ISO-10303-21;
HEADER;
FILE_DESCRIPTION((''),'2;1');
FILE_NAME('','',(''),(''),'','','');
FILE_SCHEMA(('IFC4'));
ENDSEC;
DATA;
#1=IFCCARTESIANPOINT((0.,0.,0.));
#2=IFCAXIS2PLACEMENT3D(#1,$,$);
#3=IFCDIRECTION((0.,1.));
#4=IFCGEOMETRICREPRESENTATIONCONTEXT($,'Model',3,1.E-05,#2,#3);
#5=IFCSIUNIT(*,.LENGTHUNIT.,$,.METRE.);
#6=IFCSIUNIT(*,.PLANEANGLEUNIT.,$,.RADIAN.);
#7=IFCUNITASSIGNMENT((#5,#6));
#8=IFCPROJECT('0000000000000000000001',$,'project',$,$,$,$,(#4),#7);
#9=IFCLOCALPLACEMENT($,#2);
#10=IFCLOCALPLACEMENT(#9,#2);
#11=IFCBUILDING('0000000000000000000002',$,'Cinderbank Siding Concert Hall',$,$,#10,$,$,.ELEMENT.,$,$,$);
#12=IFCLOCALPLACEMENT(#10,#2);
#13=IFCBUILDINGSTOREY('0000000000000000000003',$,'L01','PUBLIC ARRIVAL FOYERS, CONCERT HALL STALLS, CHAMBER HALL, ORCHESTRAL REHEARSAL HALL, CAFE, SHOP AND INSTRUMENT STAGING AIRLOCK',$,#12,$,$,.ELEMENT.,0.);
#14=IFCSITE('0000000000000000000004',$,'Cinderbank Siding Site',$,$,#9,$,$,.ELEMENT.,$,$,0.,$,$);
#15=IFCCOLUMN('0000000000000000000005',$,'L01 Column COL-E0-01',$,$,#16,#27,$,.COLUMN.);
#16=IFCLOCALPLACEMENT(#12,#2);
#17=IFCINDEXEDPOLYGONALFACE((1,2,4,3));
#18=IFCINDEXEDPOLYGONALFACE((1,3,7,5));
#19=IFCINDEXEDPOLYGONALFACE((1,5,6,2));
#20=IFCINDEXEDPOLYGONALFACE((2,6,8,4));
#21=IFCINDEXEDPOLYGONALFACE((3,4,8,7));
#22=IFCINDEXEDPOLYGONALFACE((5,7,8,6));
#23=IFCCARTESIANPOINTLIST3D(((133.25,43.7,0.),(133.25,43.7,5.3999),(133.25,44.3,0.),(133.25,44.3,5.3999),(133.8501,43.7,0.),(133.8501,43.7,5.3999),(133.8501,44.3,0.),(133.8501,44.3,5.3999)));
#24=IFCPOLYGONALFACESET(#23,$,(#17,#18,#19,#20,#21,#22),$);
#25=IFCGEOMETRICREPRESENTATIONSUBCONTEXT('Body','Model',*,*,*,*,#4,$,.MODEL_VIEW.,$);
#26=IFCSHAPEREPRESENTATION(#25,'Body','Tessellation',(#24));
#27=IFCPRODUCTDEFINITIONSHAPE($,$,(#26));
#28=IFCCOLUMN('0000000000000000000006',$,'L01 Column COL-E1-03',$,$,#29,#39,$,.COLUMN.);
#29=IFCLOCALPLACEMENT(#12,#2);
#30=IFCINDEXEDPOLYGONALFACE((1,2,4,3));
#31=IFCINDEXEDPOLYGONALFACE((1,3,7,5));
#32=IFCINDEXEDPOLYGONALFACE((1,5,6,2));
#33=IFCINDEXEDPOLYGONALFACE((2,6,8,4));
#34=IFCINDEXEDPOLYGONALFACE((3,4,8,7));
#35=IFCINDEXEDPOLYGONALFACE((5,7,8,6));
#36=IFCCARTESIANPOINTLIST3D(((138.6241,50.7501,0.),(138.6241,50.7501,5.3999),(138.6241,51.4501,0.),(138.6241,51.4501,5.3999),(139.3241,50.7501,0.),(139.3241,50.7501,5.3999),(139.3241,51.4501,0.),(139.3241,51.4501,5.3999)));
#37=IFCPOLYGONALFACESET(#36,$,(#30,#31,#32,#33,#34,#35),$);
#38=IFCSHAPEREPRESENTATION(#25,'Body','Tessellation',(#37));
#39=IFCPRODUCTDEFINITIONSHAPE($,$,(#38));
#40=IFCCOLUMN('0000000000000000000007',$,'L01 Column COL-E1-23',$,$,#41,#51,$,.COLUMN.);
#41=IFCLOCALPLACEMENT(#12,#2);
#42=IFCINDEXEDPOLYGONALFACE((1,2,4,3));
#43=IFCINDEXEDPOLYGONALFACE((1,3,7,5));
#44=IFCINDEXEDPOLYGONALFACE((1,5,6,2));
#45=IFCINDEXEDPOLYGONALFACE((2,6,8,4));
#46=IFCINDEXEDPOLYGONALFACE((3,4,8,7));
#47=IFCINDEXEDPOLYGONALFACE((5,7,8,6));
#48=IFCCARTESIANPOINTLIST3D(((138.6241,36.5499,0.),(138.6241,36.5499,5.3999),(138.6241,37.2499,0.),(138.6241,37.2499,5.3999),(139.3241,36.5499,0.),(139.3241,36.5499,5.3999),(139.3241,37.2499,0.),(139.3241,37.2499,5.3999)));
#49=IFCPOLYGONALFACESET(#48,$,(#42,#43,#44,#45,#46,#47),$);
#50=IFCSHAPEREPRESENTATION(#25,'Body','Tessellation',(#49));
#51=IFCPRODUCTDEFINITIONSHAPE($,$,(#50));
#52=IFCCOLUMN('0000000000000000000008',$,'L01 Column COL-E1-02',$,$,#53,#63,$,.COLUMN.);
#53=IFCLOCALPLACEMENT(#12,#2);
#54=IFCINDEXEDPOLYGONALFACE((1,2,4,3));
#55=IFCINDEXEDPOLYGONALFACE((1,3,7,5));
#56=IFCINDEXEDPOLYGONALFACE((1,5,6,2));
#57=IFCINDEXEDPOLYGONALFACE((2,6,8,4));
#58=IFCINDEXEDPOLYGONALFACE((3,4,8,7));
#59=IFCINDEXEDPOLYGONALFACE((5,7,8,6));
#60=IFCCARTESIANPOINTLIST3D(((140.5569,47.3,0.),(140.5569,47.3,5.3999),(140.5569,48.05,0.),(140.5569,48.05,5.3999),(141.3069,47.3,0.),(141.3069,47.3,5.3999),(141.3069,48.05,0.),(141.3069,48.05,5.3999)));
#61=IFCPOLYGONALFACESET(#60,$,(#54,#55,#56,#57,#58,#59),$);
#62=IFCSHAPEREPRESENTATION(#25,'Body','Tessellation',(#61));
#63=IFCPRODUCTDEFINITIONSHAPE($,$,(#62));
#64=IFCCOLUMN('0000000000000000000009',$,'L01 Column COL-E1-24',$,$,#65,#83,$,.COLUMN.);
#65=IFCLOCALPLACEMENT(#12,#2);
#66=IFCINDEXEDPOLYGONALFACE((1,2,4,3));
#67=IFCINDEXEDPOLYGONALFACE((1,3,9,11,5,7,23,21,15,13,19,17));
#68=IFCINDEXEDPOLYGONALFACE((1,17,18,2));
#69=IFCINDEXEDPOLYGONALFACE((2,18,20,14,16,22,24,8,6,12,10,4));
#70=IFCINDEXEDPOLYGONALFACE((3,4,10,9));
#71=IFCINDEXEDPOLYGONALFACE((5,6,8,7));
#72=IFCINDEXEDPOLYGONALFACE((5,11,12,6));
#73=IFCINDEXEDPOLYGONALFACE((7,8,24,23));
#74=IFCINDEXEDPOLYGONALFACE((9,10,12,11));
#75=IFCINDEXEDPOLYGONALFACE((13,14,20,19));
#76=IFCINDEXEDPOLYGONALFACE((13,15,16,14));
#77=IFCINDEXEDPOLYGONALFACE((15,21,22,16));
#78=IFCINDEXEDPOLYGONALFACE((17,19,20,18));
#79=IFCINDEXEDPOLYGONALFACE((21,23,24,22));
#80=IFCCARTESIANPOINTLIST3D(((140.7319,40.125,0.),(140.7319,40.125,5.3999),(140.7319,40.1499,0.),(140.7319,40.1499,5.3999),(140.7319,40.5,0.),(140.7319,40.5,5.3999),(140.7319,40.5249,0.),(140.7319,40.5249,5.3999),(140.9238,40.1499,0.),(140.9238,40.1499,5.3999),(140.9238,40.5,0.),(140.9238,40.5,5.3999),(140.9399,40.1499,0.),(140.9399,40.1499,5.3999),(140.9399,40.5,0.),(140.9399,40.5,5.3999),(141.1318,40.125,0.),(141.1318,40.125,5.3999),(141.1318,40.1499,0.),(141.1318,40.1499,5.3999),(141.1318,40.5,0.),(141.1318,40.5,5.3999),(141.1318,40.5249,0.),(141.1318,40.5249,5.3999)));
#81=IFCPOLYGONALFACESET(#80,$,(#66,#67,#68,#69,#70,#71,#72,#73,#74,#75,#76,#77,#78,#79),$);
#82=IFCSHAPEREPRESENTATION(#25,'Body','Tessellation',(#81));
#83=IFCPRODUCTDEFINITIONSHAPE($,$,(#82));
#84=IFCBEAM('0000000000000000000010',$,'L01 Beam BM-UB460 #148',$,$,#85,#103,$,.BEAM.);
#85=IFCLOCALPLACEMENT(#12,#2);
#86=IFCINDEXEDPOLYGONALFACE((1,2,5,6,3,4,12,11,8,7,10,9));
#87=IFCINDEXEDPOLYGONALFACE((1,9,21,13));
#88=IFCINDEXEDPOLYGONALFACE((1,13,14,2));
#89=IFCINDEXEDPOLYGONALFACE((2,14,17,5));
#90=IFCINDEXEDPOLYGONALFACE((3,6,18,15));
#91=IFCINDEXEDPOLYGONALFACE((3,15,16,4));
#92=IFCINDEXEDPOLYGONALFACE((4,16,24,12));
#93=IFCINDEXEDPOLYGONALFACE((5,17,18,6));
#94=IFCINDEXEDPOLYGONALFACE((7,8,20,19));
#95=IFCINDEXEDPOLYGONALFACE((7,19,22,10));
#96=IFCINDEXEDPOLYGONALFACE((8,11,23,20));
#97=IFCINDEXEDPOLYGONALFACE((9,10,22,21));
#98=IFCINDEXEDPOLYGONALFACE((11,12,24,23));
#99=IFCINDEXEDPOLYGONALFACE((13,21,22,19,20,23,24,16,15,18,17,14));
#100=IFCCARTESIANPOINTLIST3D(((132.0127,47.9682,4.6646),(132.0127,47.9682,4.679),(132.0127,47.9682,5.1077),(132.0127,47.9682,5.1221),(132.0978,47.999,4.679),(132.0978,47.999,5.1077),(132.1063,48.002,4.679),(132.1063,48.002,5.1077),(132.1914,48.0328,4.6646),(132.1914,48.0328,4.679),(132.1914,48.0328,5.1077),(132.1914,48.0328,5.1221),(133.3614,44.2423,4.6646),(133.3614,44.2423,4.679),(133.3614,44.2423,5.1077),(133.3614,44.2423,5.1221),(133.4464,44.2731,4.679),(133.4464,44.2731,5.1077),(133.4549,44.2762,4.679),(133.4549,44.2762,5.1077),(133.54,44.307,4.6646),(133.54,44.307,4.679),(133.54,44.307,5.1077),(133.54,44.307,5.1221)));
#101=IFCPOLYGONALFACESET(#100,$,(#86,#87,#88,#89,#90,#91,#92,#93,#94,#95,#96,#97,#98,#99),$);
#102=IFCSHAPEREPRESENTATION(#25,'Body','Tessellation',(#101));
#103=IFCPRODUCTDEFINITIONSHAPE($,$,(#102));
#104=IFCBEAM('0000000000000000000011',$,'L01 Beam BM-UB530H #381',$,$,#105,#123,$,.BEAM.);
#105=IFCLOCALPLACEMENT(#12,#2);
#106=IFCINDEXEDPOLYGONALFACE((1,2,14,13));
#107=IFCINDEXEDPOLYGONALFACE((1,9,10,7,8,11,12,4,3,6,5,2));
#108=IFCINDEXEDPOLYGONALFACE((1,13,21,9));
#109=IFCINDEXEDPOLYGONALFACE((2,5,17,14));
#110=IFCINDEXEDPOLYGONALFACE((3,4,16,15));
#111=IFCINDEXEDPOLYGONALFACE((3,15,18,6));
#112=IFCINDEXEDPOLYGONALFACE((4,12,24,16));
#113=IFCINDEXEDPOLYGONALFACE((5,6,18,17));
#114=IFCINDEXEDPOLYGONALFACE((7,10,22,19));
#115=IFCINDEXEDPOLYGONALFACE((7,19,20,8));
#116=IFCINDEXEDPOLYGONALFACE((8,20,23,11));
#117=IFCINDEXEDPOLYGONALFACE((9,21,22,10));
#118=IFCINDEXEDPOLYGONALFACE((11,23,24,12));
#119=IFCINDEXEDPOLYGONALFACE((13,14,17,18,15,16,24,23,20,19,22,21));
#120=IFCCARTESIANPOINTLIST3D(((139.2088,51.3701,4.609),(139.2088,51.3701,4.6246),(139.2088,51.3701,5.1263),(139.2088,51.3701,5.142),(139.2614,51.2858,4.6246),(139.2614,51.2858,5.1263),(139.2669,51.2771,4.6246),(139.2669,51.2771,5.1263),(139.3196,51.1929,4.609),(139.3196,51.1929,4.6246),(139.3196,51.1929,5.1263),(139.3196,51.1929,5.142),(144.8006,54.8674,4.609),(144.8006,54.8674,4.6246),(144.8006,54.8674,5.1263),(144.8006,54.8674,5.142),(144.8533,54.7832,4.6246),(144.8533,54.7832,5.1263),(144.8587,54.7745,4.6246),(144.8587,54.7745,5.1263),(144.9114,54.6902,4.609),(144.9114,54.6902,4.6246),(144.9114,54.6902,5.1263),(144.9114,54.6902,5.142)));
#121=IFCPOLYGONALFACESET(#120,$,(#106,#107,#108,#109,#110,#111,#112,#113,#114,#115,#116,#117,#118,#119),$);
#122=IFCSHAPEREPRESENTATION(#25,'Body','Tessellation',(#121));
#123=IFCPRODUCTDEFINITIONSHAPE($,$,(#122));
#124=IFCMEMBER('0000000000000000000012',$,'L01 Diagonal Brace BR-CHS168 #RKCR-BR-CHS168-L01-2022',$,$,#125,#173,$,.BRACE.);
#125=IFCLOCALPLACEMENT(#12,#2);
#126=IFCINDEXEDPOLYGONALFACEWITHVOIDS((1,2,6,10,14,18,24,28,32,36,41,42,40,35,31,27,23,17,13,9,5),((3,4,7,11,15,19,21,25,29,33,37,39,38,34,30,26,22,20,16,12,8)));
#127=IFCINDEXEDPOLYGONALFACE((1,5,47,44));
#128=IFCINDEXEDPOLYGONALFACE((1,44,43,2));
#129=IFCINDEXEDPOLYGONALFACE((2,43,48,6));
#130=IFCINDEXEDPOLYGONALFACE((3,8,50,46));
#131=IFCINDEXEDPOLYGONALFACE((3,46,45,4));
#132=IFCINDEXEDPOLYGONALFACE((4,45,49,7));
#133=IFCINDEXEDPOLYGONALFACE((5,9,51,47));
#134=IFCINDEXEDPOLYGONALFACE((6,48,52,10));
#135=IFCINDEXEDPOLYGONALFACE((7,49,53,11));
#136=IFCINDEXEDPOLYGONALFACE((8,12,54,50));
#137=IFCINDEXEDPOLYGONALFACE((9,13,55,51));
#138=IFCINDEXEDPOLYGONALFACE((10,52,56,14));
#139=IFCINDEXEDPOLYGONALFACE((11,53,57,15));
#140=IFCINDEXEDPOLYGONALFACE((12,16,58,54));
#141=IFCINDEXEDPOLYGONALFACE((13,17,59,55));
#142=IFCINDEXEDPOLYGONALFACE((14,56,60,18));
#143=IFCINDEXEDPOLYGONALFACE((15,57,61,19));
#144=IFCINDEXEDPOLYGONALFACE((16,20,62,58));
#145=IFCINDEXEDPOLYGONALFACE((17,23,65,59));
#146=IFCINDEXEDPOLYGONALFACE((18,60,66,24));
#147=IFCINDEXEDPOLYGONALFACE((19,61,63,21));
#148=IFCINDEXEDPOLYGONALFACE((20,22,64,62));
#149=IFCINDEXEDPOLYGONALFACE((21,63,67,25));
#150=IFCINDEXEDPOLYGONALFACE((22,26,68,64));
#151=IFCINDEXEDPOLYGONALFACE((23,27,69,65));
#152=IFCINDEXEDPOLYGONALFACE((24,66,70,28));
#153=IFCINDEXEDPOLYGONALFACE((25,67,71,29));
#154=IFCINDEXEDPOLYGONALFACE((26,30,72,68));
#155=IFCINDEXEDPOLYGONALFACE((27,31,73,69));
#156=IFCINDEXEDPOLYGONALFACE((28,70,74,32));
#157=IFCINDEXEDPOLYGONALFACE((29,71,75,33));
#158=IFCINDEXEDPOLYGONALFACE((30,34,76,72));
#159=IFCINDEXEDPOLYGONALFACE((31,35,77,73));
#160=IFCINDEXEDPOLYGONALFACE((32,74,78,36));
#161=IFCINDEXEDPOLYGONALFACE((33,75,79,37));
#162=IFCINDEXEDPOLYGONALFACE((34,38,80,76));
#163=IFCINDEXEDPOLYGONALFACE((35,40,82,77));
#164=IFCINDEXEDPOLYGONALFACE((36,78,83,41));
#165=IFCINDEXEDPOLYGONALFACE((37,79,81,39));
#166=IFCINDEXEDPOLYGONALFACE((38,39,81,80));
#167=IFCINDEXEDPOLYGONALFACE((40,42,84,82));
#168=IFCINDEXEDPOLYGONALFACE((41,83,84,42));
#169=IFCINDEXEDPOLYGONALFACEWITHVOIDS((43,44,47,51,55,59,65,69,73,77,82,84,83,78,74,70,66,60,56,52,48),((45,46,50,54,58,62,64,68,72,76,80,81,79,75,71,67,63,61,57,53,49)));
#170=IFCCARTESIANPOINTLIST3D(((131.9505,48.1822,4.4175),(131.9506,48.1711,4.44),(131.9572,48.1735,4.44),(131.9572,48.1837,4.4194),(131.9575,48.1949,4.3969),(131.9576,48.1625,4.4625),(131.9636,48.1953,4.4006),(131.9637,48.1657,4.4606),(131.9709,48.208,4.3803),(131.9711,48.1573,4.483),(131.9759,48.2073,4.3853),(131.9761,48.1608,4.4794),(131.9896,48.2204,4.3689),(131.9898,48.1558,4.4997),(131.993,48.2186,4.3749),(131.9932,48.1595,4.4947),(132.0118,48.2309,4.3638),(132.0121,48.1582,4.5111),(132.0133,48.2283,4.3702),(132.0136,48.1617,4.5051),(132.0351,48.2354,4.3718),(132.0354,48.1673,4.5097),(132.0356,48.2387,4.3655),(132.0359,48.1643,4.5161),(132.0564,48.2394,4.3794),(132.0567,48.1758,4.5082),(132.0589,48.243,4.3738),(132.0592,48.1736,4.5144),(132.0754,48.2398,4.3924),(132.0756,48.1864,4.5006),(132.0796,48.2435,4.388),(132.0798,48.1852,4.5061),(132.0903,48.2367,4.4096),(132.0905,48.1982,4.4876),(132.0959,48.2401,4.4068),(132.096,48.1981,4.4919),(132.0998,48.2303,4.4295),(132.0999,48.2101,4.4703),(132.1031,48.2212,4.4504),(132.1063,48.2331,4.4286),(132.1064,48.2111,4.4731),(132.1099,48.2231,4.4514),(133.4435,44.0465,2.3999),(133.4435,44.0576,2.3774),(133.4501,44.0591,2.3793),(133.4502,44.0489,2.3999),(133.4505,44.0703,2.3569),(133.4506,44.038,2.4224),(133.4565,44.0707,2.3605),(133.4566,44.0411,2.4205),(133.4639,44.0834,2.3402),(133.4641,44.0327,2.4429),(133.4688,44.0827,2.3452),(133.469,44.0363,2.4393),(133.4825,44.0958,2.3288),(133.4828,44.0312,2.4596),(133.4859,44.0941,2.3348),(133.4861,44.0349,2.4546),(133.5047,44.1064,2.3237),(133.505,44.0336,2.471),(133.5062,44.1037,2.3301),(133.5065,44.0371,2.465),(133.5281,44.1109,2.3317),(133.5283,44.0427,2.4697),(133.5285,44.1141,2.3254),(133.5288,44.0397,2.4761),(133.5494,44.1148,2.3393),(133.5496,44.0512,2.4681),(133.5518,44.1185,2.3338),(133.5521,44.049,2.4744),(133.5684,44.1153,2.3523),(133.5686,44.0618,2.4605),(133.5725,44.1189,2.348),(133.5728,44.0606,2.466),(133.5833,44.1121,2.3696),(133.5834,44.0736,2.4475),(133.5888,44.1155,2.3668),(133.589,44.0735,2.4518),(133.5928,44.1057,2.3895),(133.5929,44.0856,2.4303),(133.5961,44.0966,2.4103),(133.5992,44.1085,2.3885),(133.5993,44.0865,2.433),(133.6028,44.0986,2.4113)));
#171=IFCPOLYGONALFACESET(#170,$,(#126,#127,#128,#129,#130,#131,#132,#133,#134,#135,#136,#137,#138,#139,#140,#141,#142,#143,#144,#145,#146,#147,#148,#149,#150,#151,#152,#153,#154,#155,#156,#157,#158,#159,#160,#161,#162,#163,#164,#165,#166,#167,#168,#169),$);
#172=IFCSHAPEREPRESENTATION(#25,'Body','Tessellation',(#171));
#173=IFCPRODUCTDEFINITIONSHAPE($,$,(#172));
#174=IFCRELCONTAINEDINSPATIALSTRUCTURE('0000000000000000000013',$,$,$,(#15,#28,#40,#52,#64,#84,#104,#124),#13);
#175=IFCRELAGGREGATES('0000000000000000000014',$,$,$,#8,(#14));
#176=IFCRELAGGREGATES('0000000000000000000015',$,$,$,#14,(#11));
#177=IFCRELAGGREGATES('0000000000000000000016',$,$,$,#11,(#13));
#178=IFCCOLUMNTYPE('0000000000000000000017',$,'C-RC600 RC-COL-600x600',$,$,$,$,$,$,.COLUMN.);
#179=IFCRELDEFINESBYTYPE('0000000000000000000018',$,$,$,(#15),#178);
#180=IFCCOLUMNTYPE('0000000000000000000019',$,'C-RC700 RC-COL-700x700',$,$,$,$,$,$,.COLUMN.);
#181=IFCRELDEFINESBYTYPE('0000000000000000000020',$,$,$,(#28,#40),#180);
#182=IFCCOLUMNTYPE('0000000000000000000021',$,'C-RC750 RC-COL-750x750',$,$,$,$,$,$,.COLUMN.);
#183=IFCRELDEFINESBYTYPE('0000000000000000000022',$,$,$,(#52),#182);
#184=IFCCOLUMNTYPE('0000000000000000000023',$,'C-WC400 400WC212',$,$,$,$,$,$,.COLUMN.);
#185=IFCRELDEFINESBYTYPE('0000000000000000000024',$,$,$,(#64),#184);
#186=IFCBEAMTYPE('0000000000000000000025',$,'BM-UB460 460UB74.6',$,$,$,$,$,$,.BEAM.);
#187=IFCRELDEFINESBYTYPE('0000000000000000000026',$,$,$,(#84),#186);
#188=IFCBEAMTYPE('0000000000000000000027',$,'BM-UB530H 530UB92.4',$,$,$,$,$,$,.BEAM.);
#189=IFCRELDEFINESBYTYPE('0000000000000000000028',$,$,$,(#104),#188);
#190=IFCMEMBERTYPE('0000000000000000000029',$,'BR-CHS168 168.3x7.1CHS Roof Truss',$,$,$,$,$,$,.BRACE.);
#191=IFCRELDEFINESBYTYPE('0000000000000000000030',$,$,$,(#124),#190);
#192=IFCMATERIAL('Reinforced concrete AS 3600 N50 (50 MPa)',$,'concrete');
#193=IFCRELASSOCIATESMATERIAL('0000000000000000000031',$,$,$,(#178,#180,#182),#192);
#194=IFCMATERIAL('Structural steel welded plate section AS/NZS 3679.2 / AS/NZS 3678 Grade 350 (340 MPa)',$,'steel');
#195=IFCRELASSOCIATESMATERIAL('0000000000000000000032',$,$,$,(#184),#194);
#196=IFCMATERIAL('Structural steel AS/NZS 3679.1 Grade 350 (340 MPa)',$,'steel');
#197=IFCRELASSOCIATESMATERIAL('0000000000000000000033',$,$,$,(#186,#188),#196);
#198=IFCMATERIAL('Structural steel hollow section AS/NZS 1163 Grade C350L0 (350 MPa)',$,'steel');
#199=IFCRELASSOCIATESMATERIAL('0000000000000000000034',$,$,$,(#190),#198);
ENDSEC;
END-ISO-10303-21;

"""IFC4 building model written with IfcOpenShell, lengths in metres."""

from ifc_helpers import new_model, si_unit, direction, frame, origin, origin_2d, place, context, subcontext, project, spatial, rectangle, hollow_circle, i_section, extrude, material, material_profile, profile_set, type_object, element, save


model = new_model("IFC4")

# Units and contexts
model_context = context("Model", 3, precision=1e-05, world=origin(), true_north=direction((0.0, 1.0)))
body_context = subcontext(model_context, "Body", "Model", "MODEL_VIEW")
ifc_project = project(units=[si_unit("LENGTHUNIT", "METRE"), si_unit("PLANEANGLEUNIT", "RADIAN")], contexts=[model_context])

# Site, building, storey
site_placement = place(None, origin())
site = spatial("IfcSite", under=ifc_project, at=site_placement, Name="Cinderbank Siding Site", CompositionType="ELEMENT", RefElevation=0.0)
building_placement = place(site_placement, origin())
building = spatial("IfcBuilding", under=site, at=building_placement, Name="Cinderbank Siding Concert Hall", CompositionType="ELEMENT")
storey_placement = place(building_placement, origin())
storey = spatial("IfcBuildingStorey", under=building, at=storey_placement, Name="L01", Description="PUBLIC ARRIVAL FOYERS, CONCERT HALL STALLS, CHAMBER HALL, ORCHESTRAL REHEARSAL HALL, CAFE, SHOP AND INSTRUMENT STAGING AIRLOCK", CompositionType="ELEMENT", Elevation=0.0)

# Columns
ifc_material_1 = material(Name="Reinforced concrete AS 3600 N50 (50 MPa)", Category="concrete")
ifc_material_profile_1 = material_profile(ifc_material_1, rectangle(XDim=0.6001, YDim=0.6001, at=origin_2d()), Name="RC-COL-600x600", Category="LoadBearing")
ifc_profile_set_1 = profile_set([ifc_material_profile_1], Name="Reinforced concrete AS 3600 N50 (50 MPa)")
column_type_1 = type_object("IfcColumnType", Name="C-RC600 RC-COL-600x600", PredefinedType="COLUMN", material=ifc_profile_set_1)
column_1_placement = place(storey_placement, frame((133.55, 44.0, 0.0), z_axis=(0.0, 0.0, 1.0), x_axis=(1.0, 0.0, 0.0)))
element("IfcColumn", 1, at=column_1_placement, inside=storey, type_object=column_type_1, Name="L01 Column COL-E0-01", PredefinedType="COLUMN", context=body_context, shape_type="SweptSolid", body=[
    extrude(rectangle(XDim=0.6001, YDim=0.6001, at=origin_2d()), origin(), (0.0, 0.0, 1.0), 5.3999),
])
ifc_material_profile_2 = material_profile(ifc_material_1, rectangle(XDim=0.7, YDim=0.7, at=origin_2d()), Name="RC-COL-700x700", Category="LoadBearing")
ifc_profile_set_2 = profile_set([ifc_material_profile_2], Name="Reinforced concrete AS 3600 N50 (50 MPa)")
column_type_2 = type_object("IfcColumnType", Name="C-RC700 RC-COL-700x700", PredefinedType="COLUMN", material=ifc_profile_set_2)
for number, where, z_axis, x_axis, name in (
    (2, (138.9741, 51.1001, 0.0), (0.0, 0.0, 1.0), (1.0, 0.0, 0.0), "L01 Column COL-E1-03"),
    (3, (138.9741, 36.8999, 0.0), (0.0, 0.0, 1.0), (1.0, 0.0, 0.0), "L01 Column COL-E1-23"),
):
    element("IfcColumn", number, at=place(storey_placement, frame(where, z_axis=z_axis, x_axis=x_axis)), inside=storey, type_object=column_type_2, Name=name, PredefinedType="COLUMN", context=body_context, shape_type="SweptSolid", body=[
        extrude(rectangle(XDim=0.7, YDim=0.7, at=origin_2d()), origin(), (0.0, 0.0, 1.0), 5.3999),
    ])
ifc_material_profile_3 = material_profile(ifc_material_1, rectangle(XDim=0.75, YDim=0.75, at=origin_2d()), Name="RC-COL-750x750", Category="LoadBearing")
ifc_profile_set_3 = profile_set([ifc_material_profile_3], Name="Reinforced concrete AS 3600 N50 (50 MPa)")
column_type_3 = type_object("IfcColumnType", Name="C-RC750 RC-COL-750x750", PredefinedType="COLUMN", material=ifc_profile_set_3)
column_2_placement = place(storey_placement, frame((140.9319, 47.675, 0.0), z_axis=(0.0, 0.0, 1.0), x_axis=(1.0, 0.0, 0.0)))
element("IfcColumn", 4, at=column_2_placement, inside=storey, type_object=column_type_3, Name="L01 Column COL-E1-02", PredefinedType="COLUMN", context=body_context, shape_type="SweptSolid", body=[
    extrude(rectangle(XDim=0.75, YDim=0.75, at=origin_2d()), origin(), (0.0, 0.0, 1.0), 5.3999),
])
ifc_material_2 = material(Name="Structural steel welded plate section AS/NZS 3679.2 / AS/NZS 3678 Grade 350 (340 MPa)", Category="steel")
ifc_material_profile_4 = material_profile(ifc_material_2, i_section(OverallWidth=0.3999, OverallDepth=0.3999, WebThickness=0.0161, FlangeThickness=0.0249, at=origin_2d()), Name="400WC212", Category="LoadBearing")
ifc_profile_set_4 = profile_set([ifc_material_profile_4], Name="Structural steel welded plate section AS/NZS 3679.2 / AS/NZS 3678 Grade 350 (340 MPa)")
column_type_4 = type_object("IfcColumnType", Name="C-WC400 400WC212", PredefinedType="COLUMN", material=ifc_profile_set_4)
column_3_placement = place(storey_placement, frame((140.9319, 40.325, 0.0), z_axis=(0.0, 0.0, 1.0), x_axis=(1.0, 0.0, 0.0)))
element("IfcColumn", 5, at=column_3_placement, inside=storey, type_object=column_type_4, Name="L01 Column COL-E1-24", PredefinedType="COLUMN", context=body_context, shape_type="SweptSolid", body=[
    extrude(i_section(OverallWidth=0.3999, OverallDepth=0.3999, WebThickness=0.0161, FlangeThickness=0.0249, at=origin_2d()), origin(), (0.0, 0.0, 1.0), 5.3999),
])

# Beams
ifc_material_3 = material(Name="Structural steel AS/NZS 3679.1 Grade 350 (340 MPa)", Category="steel")
ifc_material_profile_5 = material_profile(ifc_material_3, i_section(OverallWidth=0.1899, OverallDepth=0.4575, WebThickness=0.009, FlangeThickness=0.0144, at=origin_2d()), Name="460UB74.6", Category="LoadBearing")
ifc_profile_set_5 = profile_set([ifc_material_profile_5], Name="Structural steel AS/NZS 3679.1 Grade 350 (340 MPa)")
beam_type_1 = type_object("IfcBeamType", Name="BM-UB460 460UB74.6", PredefinedType="BEAM", material=ifc_profile_set_5)
beam_1_placement = place(storey_placement, frame((133.4507, 44.2747, 4.8933), z_axis=(-0.340357, 0.940296, 0.0), x_axis=(-0.940296, -0.340357, 0.0)))
element("IfcBeam", 6, at=beam_1_placement, inside=storey, type_object=beam_type_1, Name="L01 Beam BM-UB460 #148", PredefinedType="BEAM", context=body_context, shape_type="SweptSolid", body=[
    extrude(i_section(OverallWidth=0.1899, OverallDepth=0.4575, WebThickness=0.009, FlangeThickness=0.0144, at=origin_2d()), origin(), (0.0, 0.0, 1.0), 3.9624),
])
ifc_material_profile_6 = material_profile(ifc_material_3, i_section(OverallWidth=0.209, OverallDepth=0.533, WebThickness=0.0103, FlangeThickness=0.0156, at=origin_2d()), Name="530UB92.4", Category="LoadBearing")
ifc_profile_set_6 = profile_set([ifc_material_profile_6], Name="Structural steel AS/NZS 3679.1 Grade 350 (340 MPa)")
beam_type_2 = type_object("IfcBeamType", Name="BM-UB530H 530UB92.4", PredefinedType="BEAM", material=ifc_profile_set_6)
beam_2_placement = place(storey_placement, frame((139.2642, 51.2815, 4.8755), z_axis=(0.847832, 0.530265, 0.0), x_axis=(-0.530265, 0.847832, 0.0)))
element("IfcBeam", 7, at=beam_2_placement, inside=storey, type_object=beam_type_2, Name="L01 Beam BM-UB530H #381", PredefinedType="BEAM", context=body_context, shape_type="SweptSolid", body=[
    extrude(i_section(OverallWidth=0.209, OverallDepth=0.533, WebThickness=0.0103, FlangeThickness=0.0156, at=origin_2d()), origin(), (0.0, 0.0, 1.0), 6.5955),
])

# Member
ifc_material_4 = material(Name="Structural steel hollow section AS/NZS 1163 Grade C350L0 (350 MPa)", Category="steel")
ifc_material_profile_7 = material_profile(ifc_material_4, hollow_circle(Radius=0.0842, WallThickness=0.0071, at=origin_2d()), Name="168.3x7.1CHS", Category="LoadBearing")
ifc_profile_set_7 = profile_set([ifc_material_profile_7], Name="Structural steel hollow section AS/NZS 1163 Grade C350L0 (350 MPa)")
member_type_1 = type_object("IfcMemberType", Name="BR-CHS168 168.3x7.1CHS Roof Truss", PredefinedType="BRACE", material=ifc_profile_set_7)
member_1_placement = place(storey_placement, frame((133.5227, 44.0752, 2.3999), z_axis=(-0.308609, 0.852598, 0.421707), x_axis=(-0.940298, -0.340353, 0.0)))
element("IfcMember", 8, at=member_1_placement, inside=storey, type_object=member_type_1, Name="L01 Diagonal Brace BR-CHS168 #RKCR-BR-CHS168-L01-2022", PredefinedType="BRACE", context=body_context, shape_type="SweptSolid", body=[
    extrude(hollow_circle(Radius=0.0842, WallThickness=0.0071, at=origin_2d()), origin(), (0.0, 0.0, 1.0), 4.8376),
])

save(model, "model.ifc")
